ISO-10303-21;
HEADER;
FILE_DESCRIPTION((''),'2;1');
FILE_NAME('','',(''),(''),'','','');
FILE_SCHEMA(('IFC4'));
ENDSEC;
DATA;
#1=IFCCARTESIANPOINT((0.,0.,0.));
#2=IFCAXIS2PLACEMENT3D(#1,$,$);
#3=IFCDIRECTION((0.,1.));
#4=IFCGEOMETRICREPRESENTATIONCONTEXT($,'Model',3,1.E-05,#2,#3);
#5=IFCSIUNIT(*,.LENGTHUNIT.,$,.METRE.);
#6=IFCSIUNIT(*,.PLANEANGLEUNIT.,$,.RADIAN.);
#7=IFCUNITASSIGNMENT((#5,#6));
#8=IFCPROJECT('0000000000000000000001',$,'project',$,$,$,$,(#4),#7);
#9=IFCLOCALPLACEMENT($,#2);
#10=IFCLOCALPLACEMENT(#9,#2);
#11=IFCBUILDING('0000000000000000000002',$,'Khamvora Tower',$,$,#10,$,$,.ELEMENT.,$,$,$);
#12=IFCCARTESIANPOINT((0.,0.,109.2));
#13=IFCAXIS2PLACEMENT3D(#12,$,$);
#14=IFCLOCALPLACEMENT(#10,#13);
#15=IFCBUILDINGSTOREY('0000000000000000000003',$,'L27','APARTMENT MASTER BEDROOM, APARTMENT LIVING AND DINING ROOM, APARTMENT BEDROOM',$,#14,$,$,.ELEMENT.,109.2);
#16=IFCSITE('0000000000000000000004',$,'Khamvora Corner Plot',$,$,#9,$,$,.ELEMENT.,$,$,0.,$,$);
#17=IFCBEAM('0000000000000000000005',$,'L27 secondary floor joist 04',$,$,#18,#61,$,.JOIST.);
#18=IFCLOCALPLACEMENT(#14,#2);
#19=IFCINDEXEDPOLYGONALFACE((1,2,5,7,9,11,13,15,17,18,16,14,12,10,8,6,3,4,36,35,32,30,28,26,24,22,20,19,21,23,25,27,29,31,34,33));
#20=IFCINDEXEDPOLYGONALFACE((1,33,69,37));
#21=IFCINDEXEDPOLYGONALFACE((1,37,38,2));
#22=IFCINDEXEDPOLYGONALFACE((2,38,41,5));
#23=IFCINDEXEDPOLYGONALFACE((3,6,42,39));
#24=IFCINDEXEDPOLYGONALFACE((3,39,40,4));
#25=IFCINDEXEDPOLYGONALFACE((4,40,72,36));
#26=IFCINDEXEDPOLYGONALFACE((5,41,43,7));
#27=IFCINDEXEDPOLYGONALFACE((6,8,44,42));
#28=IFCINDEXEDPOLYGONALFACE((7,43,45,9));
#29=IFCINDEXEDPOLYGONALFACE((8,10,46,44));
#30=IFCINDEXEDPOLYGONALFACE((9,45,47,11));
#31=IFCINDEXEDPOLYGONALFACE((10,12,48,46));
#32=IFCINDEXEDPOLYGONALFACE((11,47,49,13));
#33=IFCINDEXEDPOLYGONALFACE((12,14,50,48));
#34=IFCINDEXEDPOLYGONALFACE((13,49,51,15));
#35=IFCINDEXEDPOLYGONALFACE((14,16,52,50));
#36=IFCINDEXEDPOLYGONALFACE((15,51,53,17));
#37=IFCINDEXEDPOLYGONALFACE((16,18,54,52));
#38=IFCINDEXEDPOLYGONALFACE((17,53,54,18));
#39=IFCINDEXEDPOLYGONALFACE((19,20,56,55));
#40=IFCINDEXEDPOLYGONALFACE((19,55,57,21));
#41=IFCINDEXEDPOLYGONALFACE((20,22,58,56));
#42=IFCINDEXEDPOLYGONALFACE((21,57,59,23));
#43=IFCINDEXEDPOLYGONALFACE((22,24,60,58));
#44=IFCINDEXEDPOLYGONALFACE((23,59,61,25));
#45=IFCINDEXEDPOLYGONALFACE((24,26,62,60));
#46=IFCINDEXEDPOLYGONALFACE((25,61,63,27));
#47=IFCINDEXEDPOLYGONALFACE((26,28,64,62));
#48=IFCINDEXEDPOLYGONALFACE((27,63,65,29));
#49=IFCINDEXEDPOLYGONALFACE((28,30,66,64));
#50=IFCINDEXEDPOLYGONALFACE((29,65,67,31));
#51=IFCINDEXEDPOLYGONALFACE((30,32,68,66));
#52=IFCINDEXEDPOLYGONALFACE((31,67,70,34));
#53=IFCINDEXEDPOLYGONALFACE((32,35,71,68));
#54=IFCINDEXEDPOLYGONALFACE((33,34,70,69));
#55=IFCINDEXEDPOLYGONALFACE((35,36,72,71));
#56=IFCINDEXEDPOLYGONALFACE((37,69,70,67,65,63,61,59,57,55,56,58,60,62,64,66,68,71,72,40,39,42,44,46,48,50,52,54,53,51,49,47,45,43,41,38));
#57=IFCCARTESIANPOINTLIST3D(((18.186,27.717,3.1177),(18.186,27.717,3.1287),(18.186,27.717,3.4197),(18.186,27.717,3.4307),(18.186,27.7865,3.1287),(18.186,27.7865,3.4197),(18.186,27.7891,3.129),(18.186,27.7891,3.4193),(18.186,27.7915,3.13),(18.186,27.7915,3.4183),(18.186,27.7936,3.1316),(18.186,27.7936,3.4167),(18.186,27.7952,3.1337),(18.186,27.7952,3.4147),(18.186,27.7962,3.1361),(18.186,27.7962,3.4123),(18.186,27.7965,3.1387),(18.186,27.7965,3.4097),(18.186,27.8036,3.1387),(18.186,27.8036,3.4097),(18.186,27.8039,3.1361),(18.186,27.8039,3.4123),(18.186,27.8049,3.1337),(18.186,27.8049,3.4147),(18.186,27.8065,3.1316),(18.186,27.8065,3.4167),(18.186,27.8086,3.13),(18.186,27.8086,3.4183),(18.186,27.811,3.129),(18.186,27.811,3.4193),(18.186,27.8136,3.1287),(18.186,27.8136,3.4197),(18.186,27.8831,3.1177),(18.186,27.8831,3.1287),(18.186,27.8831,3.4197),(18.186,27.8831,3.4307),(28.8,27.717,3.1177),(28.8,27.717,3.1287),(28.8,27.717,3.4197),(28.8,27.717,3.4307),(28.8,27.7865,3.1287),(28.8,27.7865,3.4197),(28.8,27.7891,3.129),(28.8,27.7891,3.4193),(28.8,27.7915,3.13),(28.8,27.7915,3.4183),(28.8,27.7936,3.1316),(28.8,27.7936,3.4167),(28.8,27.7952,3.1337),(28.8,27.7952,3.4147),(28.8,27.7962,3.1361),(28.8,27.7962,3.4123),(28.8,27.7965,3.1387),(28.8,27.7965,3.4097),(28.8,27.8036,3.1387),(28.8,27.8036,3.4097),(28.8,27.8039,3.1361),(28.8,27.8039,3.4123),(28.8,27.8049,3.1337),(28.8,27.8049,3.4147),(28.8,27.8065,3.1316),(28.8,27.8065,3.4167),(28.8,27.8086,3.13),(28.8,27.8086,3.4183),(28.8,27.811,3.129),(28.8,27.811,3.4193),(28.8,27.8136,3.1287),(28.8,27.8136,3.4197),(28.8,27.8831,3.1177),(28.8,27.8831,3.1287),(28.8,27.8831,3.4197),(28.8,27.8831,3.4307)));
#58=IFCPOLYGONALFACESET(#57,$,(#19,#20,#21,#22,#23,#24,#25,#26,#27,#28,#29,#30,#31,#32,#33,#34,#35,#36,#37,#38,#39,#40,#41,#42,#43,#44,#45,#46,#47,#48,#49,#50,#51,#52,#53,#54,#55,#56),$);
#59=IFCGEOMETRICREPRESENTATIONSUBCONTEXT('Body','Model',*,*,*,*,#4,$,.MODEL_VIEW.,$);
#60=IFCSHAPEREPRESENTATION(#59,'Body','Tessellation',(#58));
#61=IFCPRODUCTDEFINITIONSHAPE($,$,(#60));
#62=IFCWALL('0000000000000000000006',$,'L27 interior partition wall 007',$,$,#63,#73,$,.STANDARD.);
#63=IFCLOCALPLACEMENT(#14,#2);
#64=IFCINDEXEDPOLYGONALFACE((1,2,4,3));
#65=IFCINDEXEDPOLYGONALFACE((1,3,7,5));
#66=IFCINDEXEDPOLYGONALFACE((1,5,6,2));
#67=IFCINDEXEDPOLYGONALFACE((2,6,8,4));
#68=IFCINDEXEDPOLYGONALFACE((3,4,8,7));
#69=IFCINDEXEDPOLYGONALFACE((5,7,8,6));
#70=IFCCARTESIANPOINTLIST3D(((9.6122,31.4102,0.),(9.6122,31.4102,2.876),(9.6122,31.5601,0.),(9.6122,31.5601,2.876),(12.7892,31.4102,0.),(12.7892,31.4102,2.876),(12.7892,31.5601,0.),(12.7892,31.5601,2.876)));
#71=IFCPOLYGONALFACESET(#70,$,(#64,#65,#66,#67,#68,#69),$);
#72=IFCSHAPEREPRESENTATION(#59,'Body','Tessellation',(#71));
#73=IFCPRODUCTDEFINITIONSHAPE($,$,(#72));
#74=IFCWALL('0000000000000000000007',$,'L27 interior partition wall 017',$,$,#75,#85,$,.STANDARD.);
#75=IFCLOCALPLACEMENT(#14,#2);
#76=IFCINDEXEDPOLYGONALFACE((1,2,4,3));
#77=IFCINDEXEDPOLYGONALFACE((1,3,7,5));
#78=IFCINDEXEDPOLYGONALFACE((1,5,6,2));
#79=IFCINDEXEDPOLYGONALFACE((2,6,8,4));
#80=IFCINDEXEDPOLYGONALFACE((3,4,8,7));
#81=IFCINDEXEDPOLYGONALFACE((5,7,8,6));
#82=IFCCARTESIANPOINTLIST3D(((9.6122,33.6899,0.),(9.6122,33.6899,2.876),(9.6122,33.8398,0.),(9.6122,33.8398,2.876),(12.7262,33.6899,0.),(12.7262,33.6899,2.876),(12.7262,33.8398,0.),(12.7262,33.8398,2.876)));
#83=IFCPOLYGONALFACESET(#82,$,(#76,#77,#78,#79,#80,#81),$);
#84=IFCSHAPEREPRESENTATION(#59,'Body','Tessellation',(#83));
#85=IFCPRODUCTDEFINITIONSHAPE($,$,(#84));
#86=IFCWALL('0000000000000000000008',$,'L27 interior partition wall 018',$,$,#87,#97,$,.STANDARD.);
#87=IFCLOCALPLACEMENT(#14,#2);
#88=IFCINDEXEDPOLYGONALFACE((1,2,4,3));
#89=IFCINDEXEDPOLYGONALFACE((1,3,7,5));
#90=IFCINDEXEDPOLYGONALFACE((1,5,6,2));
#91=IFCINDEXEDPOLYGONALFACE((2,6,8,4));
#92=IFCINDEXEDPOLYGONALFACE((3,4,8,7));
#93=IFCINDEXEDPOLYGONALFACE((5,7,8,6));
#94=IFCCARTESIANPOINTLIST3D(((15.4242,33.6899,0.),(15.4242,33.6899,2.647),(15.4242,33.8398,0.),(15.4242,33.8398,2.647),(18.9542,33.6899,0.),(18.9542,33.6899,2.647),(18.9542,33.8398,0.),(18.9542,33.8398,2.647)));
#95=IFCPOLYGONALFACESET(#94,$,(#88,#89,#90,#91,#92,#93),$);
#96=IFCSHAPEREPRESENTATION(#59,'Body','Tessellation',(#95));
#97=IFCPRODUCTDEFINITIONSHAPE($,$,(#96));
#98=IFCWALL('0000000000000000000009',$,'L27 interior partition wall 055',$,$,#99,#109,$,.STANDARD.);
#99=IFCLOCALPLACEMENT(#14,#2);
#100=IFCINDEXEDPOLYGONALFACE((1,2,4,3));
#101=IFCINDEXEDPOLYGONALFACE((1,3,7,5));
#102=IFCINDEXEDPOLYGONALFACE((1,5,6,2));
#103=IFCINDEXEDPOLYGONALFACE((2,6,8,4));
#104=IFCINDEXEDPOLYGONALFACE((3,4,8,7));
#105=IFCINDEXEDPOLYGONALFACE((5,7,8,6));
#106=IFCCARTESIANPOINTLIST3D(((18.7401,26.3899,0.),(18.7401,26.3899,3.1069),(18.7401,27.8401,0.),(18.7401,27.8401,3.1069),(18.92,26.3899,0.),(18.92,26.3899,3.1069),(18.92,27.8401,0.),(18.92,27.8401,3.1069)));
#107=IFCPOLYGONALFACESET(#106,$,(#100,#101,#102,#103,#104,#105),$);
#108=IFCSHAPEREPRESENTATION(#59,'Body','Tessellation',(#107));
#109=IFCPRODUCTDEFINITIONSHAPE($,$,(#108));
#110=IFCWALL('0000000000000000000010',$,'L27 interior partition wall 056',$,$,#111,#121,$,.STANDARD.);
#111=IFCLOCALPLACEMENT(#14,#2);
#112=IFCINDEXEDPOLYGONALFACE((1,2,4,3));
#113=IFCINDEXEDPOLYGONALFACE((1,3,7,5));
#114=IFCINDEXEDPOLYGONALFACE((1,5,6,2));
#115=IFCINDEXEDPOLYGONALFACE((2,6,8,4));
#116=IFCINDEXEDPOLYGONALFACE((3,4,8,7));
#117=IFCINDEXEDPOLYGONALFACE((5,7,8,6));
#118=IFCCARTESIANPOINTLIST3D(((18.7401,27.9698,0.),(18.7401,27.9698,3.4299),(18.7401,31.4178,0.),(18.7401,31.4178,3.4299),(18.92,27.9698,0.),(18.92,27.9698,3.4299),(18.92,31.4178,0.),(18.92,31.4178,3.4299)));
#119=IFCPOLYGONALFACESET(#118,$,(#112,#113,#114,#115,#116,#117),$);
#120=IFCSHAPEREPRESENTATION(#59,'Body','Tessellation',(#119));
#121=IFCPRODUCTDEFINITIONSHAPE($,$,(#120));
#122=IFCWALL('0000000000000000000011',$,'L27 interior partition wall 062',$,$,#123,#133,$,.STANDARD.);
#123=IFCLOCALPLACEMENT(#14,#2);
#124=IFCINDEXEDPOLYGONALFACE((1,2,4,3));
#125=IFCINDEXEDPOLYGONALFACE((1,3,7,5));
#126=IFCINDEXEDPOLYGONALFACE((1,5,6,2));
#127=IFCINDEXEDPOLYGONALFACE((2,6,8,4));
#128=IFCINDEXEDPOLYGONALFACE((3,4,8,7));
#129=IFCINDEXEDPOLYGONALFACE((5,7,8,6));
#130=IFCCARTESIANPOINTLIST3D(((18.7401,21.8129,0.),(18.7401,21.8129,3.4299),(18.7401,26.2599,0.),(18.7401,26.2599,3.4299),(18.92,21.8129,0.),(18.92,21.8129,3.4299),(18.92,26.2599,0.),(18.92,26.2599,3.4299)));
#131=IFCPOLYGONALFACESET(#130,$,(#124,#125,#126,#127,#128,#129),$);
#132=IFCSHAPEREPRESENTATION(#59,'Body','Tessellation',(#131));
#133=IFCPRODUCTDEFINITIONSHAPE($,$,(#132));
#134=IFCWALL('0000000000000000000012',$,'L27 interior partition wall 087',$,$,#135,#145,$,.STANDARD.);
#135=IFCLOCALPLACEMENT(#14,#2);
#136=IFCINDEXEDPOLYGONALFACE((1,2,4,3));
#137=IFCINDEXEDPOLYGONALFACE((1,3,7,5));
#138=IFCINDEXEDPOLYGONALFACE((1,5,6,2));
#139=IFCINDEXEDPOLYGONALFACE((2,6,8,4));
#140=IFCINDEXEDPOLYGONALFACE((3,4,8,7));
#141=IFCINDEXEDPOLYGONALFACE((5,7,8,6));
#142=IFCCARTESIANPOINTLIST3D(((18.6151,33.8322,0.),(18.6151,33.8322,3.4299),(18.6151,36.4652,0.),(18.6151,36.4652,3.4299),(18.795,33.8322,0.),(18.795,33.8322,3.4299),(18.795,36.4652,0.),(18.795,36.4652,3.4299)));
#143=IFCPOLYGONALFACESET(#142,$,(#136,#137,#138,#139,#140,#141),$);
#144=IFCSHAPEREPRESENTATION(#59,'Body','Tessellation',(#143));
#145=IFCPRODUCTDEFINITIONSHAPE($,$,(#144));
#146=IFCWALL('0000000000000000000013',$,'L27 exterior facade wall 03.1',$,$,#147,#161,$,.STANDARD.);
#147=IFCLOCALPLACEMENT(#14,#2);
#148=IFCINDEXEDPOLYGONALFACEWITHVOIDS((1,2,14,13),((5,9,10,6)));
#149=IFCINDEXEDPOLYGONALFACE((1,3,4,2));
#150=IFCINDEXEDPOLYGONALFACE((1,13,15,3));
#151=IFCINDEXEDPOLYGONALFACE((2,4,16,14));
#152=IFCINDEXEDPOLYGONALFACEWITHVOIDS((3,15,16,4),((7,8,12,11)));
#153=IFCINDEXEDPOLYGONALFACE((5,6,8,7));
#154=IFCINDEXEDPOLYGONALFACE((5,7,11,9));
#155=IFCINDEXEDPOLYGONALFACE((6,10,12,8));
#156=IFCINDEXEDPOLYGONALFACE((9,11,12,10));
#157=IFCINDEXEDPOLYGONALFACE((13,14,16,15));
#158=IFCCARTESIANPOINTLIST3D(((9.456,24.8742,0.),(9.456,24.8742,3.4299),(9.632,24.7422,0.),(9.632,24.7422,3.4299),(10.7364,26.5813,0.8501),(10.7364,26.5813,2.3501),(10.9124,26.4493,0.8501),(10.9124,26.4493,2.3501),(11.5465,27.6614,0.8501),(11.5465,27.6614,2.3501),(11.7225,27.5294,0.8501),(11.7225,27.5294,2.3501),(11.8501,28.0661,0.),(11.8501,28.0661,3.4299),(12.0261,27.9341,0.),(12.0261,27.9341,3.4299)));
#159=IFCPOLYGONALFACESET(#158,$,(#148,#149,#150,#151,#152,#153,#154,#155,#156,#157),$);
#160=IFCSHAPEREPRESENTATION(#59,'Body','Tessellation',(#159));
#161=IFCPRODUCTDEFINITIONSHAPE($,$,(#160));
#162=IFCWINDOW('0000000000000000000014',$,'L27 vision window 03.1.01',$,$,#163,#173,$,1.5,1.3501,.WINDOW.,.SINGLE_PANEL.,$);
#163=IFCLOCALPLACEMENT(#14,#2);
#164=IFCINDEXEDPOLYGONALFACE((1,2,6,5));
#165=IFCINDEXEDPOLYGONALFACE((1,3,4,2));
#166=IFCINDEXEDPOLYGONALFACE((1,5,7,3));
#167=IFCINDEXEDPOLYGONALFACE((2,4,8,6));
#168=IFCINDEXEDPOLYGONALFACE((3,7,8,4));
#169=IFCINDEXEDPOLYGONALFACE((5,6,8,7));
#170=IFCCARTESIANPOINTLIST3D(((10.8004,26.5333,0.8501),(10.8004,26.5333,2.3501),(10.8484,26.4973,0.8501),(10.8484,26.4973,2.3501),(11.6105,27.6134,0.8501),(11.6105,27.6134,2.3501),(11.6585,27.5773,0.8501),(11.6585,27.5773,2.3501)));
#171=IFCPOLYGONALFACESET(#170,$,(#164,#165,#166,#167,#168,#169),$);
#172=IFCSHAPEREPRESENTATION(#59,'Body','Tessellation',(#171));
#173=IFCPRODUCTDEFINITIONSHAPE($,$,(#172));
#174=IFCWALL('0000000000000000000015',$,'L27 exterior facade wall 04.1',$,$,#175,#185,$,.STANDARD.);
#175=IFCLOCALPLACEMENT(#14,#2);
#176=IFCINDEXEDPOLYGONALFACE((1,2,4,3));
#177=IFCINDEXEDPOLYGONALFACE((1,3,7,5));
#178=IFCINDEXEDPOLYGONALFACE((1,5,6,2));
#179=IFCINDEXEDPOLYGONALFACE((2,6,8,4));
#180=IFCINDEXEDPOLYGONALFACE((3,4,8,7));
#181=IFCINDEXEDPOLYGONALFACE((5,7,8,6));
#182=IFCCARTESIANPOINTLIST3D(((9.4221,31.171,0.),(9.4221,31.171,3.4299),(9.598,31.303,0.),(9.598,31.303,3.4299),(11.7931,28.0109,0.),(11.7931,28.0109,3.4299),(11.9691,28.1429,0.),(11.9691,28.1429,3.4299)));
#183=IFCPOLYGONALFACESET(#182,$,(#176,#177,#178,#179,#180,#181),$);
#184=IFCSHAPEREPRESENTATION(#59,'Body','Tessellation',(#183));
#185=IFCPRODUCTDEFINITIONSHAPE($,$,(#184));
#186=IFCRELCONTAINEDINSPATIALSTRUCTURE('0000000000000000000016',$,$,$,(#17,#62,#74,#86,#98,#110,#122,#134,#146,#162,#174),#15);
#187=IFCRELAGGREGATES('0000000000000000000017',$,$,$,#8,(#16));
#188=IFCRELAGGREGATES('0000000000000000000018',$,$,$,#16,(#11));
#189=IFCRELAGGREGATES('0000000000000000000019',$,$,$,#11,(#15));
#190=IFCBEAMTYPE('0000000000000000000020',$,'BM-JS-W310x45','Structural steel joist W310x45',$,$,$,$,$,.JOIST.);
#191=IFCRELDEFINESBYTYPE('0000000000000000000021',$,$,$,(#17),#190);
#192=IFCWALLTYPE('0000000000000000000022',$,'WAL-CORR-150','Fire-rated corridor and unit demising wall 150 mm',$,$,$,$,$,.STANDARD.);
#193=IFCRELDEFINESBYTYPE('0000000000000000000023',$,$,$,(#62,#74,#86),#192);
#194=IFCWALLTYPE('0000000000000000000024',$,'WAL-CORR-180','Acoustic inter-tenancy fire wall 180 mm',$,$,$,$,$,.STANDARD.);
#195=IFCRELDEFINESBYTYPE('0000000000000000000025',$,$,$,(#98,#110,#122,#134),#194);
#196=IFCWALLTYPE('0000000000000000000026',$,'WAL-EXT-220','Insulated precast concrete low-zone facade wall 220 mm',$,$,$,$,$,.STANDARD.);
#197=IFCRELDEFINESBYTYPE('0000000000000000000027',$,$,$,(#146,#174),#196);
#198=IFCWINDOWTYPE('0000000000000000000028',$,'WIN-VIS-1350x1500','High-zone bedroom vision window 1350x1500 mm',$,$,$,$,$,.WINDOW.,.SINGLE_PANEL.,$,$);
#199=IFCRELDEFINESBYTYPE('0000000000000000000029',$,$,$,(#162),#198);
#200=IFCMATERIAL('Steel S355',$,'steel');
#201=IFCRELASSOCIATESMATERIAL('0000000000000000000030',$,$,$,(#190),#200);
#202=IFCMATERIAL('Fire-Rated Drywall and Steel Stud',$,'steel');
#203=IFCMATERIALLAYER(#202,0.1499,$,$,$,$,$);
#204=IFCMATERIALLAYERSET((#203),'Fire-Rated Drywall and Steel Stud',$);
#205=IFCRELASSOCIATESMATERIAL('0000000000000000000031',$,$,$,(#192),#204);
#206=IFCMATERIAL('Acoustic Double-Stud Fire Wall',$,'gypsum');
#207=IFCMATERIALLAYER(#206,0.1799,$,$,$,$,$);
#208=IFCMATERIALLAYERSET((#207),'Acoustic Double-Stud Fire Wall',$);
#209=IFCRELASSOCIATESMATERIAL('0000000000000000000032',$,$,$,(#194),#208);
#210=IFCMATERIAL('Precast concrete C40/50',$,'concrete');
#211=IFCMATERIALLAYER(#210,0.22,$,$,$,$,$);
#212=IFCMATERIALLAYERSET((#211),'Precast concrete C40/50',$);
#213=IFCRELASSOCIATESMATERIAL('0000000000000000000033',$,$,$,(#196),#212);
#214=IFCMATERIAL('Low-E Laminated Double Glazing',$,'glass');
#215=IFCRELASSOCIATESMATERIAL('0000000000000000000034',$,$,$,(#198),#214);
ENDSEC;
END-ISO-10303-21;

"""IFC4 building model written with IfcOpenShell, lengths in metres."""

from ifc_helpers import new_model, si_unit, direction, frame, frame_2d, origin, origin_2d, place, context, subcontext, project, spatial, rectangle, i_section, extrude, material, layer, layer_set, material_profile, profile_set, type_object, element, fill, save


model = new_model("IFC4")

# Units and contexts
model_context = context("Model", 3, precision=1e-05, world=origin(), true_north=direction((0.0, 1.0)))
body_context = subcontext(model_context, "Body", "Model", "MODEL_VIEW")
ifc_project = project(units=[si_unit("LENGTHUNIT", "METRE"), si_unit("PLANEANGLEUNIT", "RADIAN")], contexts=[model_context])

# Site, building, storey
site_placement = place(None, origin())
site = spatial("IfcSite", under=ifc_project, at=site_placement, Name="Khamvora Corner Plot", CompositionType="ELEMENT", RefElevation=0.0)
building_placement = place(site_placement, origin())
building = spatial("IfcBuilding", under=site, at=building_placement, Name="Khamvora Tower", CompositionType="ELEMENT")
storey_placement = place(building_placement, frame((0.0, 0.0, 109.2)))
storey = spatial("IfcBuildingStorey", under=building, at=storey_placement, Name="L27", Description="APARTMENT MASTER BEDROOM, APARTMENT LIVING AND DINING ROOM, APARTMENT BEDROOM", CompositionType="ELEMENT", Elevation=109.2)

# Beam
ifc_material_1 = material(Name="Steel S355", Category="steel")
ifc_material_profile = material_profile(ifc_material_1, i_section(OverallWidth=0.166, OverallDepth=0.313, WebThickness=0.0071, FlangeThickness=0.011, FilletRadius=0.01, at=origin_2d()), Name="W310x45")
ifc_profile_set = profile_set([ifc_material_profile], Name="Steel S355")
beam_type = type_object("IfcBeamType", Name="BM-JS-W310x45", Description="Structural steel joist W310x45", PredefinedType="JOIST", material=ifc_profile_set)
beam_placement = place(storey_placement, frame((18.186, 27.8, 3.2742), z_axis=(1.0, 0.0, 0.0), x_axis=(0.0, 1.0, 0.0)))
element("IfcBeam", 1, at=beam_placement, inside=storey, type_object=beam_type, Name="L27 secondary floor joist 04", PredefinedType="JOIST", context=body_context, shape_type="SweptSolid", body=[
    extrude(i_section(OverallWidth=0.166, OverallDepth=0.313, WebThickness=0.0071, FlangeThickness=0.011, FilletRadius=0.01, at=origin_2d()), origin(), (0.0, 0.0, 1.0), 10.614),
])

# Shared definitions
ifc_material_2 = material(Name="Fire-Rated Drywall and Steel Stud", Category="steel")
ifc_layer_1 = layer(ifc_material_2, 0.1499)
ifc_layer_set_1 = layer_set([ifc_layer_1], Name="Fire-Rated Drywall and Steel Stud")
wall_type_1 = type_object("IfcWallType", Name="WAL-CORR-150", Description="Fire-rated corridor and unit demising wall 150 mm", PredefinedType="STANDARD", material=ifc_layer_set_1)

# Wall
wall_1_placement = place(storey_placement, frame((12.7891, 31.4851, 0.0), z_axis=(0.0, 0.0, 1.0), x_axis=(-1.0, 0.0, 0.0)))
element("IfcWall", 2, at=wall_1_placement, inside=storey, type_object=wall_type_1, Name="L27 interior partition wall 007", PredefinedType="STANDARD", context=body_context, shape_type="SweptSolid", body=[
    extrude(rectangle(XDim=3.177, YDim=0.1499, at=frame_2d((1.5884, 0.0))), origin(), (0.0, 0.0, 1.0), 2.876),
])

# Walls
wall_2_placement = place(storey_placement, frame((9.6121, 33.7649, 0.0), z_axis=(0.0, 0.0, 1.0), x_axis=(1.0, 0.0, 0.0)))
element("IfcWall", 3, at=wall_2_placement, inside=storey, type_object=wall_type_1, Name="L27 interior partition wall 017", PredefinedType="STANDARD", context=body_context, shape_type="SweptSolid", body=[
    extrude(rectangle(XDim=3.114, YDim=0.1499, at=frame_2d((1.5571, 0.0))), origin(), (0.0, 0.0, 1.0), 2.876),
])
wall_3_placement = place(storey_placement, frame((15.4241, 33.7649, 0.0), z_axis=(0.0, 0.0, 1.0), x_axis=(1.0, 0.0, 0.0)))
element("IfcWall", 4, at=wall_3_placement, inside=storey, type_object=wall_type_1, Name="L27 interior partition wall 018", PredefinedType="STANDARD", context=body_context, shape_type="SweptSolid", body=[
    extrude(rectangle(XDim=3.53, YDim=0.1499, at=frame_2d((1.7651, 0.0))), origin(), (0.0, 0.0, 1.0), 2.647),
])
ifc_material_3 = material(Name="Acoustic Double-Stud Fire Wall", Category="gypsum")
ifc_layer_2 = layer(ifc_material_3, 0.1799)
ifc_layer_set_2 = layer_set([ifc_layer_2], Name="Acoustic Double-Stud Fire Wall")
wall_type_2 = type_object("IfcWallType", Name="WAL-CORR-180", Description="Acoustic inter-tenancy fire wall 180 mm", PredefinedType="STANDARD", material=ifc_layer_set_2)
wall_4_placement = place(storey_placement, frame((18.8301, 27.8401, 0.0), z_axis=(0.0, 0.0, 1.0), x_axis=(0.0, -1.0, 0.0)))
element("IfcWall", 5, at=wall_4_placement, inside=storey, type_object=wall_type_2, Name="L27 interior partition wall 055", PredefinedType="STANDARD", context=body_context, shape_type="SweptSolid", body=[
    extrude(rectangle(XDim=1.4502, YDim=0.1799, at=frame_2d((0.7251, 0.0))), origin(), (0.0, 0.0, 1.0), 3.1069),
])
wall_5_placement = place(storey_placement, frame((18.8301, 31.418, 0.0), z_axis=(0.0, 0.0, 1.0), x_axis=(0.0, -1.0, 0.0)))
element("IfcWall", 6, at=wall_5_placement, inside=storey, type_object=wall_type_2, Name="L27 interior partition wall 056", PredefinedType="STANDARD", context=body_context, shape_type="SweptSolid", body=[
    extrude(rectangle(XDim=3.448, YDim=0.1799, at=frame_2d((1.7241, 0.0))), origin(), (0.0, 0.0, 1.0), 3.4299),
])
wall_6_placement = place(storey_placement, frame((18.8301, 26.26, 0.0), z_axis=(0.0, 0.0, 1.0), x_axis=(0.0, -1.0, 0.0)))
element("IfcWall", 7, at=wall_6_placement, inside=storey, type_object=wall_type_2, Name="L27 interior partition wall 062", PredefinedType="STANDARD", context=body_context, shape_type="SweptSolid", body=[
    extrude(rectangle(XDim=4.447, YDim=0.1799, at=frame_2d((2.2236, 0.0))), origin(), (0.0, 0.0, 1.0), 3.4299),
])
wall_7_placement = place(storey_placement, frame((18.7051, 36.4651, 0.0), z_axis=(0.0, 0.0, 1.0), x_axis=(0.0, -1.0, 0.0)))
element("IfcWall", 8, at=wall_7_placement, inside=storey, type_object=wall_type_2, Name="L27 interior partition wall 087", PredefinedType="STANDARD", context=body_context, shape_type="SweptSolid", body=[
    extrude(rectangle(XDim=2.6331, YDim=0.1799, at=frame_2d((1.3164, 0.0))), origin(), (0.0, 0.0, 1.0), 3.4299),
])

# Wall, opening, window
ifc_material_4 = material(Name="Precast concrete C40/50", Category="concrete")
ifc_layer_3 = layer(ifc_material_4, 0.22)
ifc_layer_set_3 = layer_set([ifc_layer_3], Name="Precast concrete C40/50")
wall_type_3 = type_object("IfcWallType", Name="WAL-EXT-220", Description="Insulated precast concrete low-zone facade wall 220 mm", PredefinedType="STANDARD", material=ifc_layer_set_3)
wall_8_placement = place(storey_placement, frame((9.5439, 24.8081, 0.0), z_axis=(0.0, 0.0, 1.0), x_axis=(0.60002, 0.799985, 0.0)))
wall_8 = element("IfcWall", 9, at=wall_8_placement, inside=storey, type_object=wall_type_3, Name="L27 exterior facade wall 03.1", PredefinedType="STANDARD", context=body_context, shape_type="SweptSolid", body=[
    extrude(rectangle(XDim=3.99, YDim=0.22, at=frame_2d((1.9951, 0.0))), origin(), (0.0, 0.0, 1.0), 3.4299),
])
opening_1_placement = place(wall_8_placement, frame((2.134, 0.0, 0.8501)))
opening_1 = element("IfcOpeningElement", 10, at=opening_1_placement, cuts=wall_8, PredefinedType="OPENING", context=body_context, shape_type="SweptSolid", body=[
    extrude(rectangle(XDim=1.3501, YDim=1.5, at=frame_2d((0.675, 0.75))), frame((0.0, 0.1199, 0.0), z_axis=(0.0, -1.0, 0.0), x_axis=(1.0, 0.0, 0.0)), (0.0, 0.0, 1.0), 0.24),
])
ifc_material_5 = material(Name="Low-E Laminated Double Glazing", Category="glass")
window_type_1 = type_object("IfcWindowType", Name="WIN-VIS-1350x1500", Description="High-zone bedroom vision window 1350x1500 mm", PartitioningType="SINGLE_PANEL", PredefinedType="WINDOW", material=ifc_material_5)
window_1_placement = place(opening_1_placement, origin())
window_1 = element("IfcWindow", 11, at=window_1_placement, inside=storey, type_object=window_type_1, Name="L27 vision window 03.1.01", OverallHeight=1.5, OverallWidth=1.3501, PartitioningType="SINGLE_PANEL", PredefinedType="WINDOW", context=body_context, shape_type="SweptSolid", body=[
    extrude(rectangle(XDim=1.3501, YDim=1.5, at=frame_2d((0.675, 0.75))), frame((0.0, 0.03, 0.0), z_axis=(0.0, -1.0, 0.0), x_axis=(1.0, 0.0, 0.0)), (0.0, 0.0, 1.0), 0.0601),
])
fill(opening_1, window_1)

# Wall
wall_9_placement = place(storey_placement, frame((11.8811, 28.0769, 0.0), z_axis=(0.0, 0.0, 1.0), x_axis=(-0.600158, 0.799881, 0.0)))
element("IfcWall", 12, at=wall_9_placement, inside=storey, type_object=wall_type_3, Name="L27 exterior facade wall 04.1", PredefinedType="STANDARD", context=body_context, shape_type="SweptSolid", body=[
    extrude(rectangle(XDim=3.9507, YDim=0.22, at=frame_2d((1.9753, 0.0))), origin(), (0.0, 0.0, 1.0), 3.4299),
])

save(model, "model.ifc")
